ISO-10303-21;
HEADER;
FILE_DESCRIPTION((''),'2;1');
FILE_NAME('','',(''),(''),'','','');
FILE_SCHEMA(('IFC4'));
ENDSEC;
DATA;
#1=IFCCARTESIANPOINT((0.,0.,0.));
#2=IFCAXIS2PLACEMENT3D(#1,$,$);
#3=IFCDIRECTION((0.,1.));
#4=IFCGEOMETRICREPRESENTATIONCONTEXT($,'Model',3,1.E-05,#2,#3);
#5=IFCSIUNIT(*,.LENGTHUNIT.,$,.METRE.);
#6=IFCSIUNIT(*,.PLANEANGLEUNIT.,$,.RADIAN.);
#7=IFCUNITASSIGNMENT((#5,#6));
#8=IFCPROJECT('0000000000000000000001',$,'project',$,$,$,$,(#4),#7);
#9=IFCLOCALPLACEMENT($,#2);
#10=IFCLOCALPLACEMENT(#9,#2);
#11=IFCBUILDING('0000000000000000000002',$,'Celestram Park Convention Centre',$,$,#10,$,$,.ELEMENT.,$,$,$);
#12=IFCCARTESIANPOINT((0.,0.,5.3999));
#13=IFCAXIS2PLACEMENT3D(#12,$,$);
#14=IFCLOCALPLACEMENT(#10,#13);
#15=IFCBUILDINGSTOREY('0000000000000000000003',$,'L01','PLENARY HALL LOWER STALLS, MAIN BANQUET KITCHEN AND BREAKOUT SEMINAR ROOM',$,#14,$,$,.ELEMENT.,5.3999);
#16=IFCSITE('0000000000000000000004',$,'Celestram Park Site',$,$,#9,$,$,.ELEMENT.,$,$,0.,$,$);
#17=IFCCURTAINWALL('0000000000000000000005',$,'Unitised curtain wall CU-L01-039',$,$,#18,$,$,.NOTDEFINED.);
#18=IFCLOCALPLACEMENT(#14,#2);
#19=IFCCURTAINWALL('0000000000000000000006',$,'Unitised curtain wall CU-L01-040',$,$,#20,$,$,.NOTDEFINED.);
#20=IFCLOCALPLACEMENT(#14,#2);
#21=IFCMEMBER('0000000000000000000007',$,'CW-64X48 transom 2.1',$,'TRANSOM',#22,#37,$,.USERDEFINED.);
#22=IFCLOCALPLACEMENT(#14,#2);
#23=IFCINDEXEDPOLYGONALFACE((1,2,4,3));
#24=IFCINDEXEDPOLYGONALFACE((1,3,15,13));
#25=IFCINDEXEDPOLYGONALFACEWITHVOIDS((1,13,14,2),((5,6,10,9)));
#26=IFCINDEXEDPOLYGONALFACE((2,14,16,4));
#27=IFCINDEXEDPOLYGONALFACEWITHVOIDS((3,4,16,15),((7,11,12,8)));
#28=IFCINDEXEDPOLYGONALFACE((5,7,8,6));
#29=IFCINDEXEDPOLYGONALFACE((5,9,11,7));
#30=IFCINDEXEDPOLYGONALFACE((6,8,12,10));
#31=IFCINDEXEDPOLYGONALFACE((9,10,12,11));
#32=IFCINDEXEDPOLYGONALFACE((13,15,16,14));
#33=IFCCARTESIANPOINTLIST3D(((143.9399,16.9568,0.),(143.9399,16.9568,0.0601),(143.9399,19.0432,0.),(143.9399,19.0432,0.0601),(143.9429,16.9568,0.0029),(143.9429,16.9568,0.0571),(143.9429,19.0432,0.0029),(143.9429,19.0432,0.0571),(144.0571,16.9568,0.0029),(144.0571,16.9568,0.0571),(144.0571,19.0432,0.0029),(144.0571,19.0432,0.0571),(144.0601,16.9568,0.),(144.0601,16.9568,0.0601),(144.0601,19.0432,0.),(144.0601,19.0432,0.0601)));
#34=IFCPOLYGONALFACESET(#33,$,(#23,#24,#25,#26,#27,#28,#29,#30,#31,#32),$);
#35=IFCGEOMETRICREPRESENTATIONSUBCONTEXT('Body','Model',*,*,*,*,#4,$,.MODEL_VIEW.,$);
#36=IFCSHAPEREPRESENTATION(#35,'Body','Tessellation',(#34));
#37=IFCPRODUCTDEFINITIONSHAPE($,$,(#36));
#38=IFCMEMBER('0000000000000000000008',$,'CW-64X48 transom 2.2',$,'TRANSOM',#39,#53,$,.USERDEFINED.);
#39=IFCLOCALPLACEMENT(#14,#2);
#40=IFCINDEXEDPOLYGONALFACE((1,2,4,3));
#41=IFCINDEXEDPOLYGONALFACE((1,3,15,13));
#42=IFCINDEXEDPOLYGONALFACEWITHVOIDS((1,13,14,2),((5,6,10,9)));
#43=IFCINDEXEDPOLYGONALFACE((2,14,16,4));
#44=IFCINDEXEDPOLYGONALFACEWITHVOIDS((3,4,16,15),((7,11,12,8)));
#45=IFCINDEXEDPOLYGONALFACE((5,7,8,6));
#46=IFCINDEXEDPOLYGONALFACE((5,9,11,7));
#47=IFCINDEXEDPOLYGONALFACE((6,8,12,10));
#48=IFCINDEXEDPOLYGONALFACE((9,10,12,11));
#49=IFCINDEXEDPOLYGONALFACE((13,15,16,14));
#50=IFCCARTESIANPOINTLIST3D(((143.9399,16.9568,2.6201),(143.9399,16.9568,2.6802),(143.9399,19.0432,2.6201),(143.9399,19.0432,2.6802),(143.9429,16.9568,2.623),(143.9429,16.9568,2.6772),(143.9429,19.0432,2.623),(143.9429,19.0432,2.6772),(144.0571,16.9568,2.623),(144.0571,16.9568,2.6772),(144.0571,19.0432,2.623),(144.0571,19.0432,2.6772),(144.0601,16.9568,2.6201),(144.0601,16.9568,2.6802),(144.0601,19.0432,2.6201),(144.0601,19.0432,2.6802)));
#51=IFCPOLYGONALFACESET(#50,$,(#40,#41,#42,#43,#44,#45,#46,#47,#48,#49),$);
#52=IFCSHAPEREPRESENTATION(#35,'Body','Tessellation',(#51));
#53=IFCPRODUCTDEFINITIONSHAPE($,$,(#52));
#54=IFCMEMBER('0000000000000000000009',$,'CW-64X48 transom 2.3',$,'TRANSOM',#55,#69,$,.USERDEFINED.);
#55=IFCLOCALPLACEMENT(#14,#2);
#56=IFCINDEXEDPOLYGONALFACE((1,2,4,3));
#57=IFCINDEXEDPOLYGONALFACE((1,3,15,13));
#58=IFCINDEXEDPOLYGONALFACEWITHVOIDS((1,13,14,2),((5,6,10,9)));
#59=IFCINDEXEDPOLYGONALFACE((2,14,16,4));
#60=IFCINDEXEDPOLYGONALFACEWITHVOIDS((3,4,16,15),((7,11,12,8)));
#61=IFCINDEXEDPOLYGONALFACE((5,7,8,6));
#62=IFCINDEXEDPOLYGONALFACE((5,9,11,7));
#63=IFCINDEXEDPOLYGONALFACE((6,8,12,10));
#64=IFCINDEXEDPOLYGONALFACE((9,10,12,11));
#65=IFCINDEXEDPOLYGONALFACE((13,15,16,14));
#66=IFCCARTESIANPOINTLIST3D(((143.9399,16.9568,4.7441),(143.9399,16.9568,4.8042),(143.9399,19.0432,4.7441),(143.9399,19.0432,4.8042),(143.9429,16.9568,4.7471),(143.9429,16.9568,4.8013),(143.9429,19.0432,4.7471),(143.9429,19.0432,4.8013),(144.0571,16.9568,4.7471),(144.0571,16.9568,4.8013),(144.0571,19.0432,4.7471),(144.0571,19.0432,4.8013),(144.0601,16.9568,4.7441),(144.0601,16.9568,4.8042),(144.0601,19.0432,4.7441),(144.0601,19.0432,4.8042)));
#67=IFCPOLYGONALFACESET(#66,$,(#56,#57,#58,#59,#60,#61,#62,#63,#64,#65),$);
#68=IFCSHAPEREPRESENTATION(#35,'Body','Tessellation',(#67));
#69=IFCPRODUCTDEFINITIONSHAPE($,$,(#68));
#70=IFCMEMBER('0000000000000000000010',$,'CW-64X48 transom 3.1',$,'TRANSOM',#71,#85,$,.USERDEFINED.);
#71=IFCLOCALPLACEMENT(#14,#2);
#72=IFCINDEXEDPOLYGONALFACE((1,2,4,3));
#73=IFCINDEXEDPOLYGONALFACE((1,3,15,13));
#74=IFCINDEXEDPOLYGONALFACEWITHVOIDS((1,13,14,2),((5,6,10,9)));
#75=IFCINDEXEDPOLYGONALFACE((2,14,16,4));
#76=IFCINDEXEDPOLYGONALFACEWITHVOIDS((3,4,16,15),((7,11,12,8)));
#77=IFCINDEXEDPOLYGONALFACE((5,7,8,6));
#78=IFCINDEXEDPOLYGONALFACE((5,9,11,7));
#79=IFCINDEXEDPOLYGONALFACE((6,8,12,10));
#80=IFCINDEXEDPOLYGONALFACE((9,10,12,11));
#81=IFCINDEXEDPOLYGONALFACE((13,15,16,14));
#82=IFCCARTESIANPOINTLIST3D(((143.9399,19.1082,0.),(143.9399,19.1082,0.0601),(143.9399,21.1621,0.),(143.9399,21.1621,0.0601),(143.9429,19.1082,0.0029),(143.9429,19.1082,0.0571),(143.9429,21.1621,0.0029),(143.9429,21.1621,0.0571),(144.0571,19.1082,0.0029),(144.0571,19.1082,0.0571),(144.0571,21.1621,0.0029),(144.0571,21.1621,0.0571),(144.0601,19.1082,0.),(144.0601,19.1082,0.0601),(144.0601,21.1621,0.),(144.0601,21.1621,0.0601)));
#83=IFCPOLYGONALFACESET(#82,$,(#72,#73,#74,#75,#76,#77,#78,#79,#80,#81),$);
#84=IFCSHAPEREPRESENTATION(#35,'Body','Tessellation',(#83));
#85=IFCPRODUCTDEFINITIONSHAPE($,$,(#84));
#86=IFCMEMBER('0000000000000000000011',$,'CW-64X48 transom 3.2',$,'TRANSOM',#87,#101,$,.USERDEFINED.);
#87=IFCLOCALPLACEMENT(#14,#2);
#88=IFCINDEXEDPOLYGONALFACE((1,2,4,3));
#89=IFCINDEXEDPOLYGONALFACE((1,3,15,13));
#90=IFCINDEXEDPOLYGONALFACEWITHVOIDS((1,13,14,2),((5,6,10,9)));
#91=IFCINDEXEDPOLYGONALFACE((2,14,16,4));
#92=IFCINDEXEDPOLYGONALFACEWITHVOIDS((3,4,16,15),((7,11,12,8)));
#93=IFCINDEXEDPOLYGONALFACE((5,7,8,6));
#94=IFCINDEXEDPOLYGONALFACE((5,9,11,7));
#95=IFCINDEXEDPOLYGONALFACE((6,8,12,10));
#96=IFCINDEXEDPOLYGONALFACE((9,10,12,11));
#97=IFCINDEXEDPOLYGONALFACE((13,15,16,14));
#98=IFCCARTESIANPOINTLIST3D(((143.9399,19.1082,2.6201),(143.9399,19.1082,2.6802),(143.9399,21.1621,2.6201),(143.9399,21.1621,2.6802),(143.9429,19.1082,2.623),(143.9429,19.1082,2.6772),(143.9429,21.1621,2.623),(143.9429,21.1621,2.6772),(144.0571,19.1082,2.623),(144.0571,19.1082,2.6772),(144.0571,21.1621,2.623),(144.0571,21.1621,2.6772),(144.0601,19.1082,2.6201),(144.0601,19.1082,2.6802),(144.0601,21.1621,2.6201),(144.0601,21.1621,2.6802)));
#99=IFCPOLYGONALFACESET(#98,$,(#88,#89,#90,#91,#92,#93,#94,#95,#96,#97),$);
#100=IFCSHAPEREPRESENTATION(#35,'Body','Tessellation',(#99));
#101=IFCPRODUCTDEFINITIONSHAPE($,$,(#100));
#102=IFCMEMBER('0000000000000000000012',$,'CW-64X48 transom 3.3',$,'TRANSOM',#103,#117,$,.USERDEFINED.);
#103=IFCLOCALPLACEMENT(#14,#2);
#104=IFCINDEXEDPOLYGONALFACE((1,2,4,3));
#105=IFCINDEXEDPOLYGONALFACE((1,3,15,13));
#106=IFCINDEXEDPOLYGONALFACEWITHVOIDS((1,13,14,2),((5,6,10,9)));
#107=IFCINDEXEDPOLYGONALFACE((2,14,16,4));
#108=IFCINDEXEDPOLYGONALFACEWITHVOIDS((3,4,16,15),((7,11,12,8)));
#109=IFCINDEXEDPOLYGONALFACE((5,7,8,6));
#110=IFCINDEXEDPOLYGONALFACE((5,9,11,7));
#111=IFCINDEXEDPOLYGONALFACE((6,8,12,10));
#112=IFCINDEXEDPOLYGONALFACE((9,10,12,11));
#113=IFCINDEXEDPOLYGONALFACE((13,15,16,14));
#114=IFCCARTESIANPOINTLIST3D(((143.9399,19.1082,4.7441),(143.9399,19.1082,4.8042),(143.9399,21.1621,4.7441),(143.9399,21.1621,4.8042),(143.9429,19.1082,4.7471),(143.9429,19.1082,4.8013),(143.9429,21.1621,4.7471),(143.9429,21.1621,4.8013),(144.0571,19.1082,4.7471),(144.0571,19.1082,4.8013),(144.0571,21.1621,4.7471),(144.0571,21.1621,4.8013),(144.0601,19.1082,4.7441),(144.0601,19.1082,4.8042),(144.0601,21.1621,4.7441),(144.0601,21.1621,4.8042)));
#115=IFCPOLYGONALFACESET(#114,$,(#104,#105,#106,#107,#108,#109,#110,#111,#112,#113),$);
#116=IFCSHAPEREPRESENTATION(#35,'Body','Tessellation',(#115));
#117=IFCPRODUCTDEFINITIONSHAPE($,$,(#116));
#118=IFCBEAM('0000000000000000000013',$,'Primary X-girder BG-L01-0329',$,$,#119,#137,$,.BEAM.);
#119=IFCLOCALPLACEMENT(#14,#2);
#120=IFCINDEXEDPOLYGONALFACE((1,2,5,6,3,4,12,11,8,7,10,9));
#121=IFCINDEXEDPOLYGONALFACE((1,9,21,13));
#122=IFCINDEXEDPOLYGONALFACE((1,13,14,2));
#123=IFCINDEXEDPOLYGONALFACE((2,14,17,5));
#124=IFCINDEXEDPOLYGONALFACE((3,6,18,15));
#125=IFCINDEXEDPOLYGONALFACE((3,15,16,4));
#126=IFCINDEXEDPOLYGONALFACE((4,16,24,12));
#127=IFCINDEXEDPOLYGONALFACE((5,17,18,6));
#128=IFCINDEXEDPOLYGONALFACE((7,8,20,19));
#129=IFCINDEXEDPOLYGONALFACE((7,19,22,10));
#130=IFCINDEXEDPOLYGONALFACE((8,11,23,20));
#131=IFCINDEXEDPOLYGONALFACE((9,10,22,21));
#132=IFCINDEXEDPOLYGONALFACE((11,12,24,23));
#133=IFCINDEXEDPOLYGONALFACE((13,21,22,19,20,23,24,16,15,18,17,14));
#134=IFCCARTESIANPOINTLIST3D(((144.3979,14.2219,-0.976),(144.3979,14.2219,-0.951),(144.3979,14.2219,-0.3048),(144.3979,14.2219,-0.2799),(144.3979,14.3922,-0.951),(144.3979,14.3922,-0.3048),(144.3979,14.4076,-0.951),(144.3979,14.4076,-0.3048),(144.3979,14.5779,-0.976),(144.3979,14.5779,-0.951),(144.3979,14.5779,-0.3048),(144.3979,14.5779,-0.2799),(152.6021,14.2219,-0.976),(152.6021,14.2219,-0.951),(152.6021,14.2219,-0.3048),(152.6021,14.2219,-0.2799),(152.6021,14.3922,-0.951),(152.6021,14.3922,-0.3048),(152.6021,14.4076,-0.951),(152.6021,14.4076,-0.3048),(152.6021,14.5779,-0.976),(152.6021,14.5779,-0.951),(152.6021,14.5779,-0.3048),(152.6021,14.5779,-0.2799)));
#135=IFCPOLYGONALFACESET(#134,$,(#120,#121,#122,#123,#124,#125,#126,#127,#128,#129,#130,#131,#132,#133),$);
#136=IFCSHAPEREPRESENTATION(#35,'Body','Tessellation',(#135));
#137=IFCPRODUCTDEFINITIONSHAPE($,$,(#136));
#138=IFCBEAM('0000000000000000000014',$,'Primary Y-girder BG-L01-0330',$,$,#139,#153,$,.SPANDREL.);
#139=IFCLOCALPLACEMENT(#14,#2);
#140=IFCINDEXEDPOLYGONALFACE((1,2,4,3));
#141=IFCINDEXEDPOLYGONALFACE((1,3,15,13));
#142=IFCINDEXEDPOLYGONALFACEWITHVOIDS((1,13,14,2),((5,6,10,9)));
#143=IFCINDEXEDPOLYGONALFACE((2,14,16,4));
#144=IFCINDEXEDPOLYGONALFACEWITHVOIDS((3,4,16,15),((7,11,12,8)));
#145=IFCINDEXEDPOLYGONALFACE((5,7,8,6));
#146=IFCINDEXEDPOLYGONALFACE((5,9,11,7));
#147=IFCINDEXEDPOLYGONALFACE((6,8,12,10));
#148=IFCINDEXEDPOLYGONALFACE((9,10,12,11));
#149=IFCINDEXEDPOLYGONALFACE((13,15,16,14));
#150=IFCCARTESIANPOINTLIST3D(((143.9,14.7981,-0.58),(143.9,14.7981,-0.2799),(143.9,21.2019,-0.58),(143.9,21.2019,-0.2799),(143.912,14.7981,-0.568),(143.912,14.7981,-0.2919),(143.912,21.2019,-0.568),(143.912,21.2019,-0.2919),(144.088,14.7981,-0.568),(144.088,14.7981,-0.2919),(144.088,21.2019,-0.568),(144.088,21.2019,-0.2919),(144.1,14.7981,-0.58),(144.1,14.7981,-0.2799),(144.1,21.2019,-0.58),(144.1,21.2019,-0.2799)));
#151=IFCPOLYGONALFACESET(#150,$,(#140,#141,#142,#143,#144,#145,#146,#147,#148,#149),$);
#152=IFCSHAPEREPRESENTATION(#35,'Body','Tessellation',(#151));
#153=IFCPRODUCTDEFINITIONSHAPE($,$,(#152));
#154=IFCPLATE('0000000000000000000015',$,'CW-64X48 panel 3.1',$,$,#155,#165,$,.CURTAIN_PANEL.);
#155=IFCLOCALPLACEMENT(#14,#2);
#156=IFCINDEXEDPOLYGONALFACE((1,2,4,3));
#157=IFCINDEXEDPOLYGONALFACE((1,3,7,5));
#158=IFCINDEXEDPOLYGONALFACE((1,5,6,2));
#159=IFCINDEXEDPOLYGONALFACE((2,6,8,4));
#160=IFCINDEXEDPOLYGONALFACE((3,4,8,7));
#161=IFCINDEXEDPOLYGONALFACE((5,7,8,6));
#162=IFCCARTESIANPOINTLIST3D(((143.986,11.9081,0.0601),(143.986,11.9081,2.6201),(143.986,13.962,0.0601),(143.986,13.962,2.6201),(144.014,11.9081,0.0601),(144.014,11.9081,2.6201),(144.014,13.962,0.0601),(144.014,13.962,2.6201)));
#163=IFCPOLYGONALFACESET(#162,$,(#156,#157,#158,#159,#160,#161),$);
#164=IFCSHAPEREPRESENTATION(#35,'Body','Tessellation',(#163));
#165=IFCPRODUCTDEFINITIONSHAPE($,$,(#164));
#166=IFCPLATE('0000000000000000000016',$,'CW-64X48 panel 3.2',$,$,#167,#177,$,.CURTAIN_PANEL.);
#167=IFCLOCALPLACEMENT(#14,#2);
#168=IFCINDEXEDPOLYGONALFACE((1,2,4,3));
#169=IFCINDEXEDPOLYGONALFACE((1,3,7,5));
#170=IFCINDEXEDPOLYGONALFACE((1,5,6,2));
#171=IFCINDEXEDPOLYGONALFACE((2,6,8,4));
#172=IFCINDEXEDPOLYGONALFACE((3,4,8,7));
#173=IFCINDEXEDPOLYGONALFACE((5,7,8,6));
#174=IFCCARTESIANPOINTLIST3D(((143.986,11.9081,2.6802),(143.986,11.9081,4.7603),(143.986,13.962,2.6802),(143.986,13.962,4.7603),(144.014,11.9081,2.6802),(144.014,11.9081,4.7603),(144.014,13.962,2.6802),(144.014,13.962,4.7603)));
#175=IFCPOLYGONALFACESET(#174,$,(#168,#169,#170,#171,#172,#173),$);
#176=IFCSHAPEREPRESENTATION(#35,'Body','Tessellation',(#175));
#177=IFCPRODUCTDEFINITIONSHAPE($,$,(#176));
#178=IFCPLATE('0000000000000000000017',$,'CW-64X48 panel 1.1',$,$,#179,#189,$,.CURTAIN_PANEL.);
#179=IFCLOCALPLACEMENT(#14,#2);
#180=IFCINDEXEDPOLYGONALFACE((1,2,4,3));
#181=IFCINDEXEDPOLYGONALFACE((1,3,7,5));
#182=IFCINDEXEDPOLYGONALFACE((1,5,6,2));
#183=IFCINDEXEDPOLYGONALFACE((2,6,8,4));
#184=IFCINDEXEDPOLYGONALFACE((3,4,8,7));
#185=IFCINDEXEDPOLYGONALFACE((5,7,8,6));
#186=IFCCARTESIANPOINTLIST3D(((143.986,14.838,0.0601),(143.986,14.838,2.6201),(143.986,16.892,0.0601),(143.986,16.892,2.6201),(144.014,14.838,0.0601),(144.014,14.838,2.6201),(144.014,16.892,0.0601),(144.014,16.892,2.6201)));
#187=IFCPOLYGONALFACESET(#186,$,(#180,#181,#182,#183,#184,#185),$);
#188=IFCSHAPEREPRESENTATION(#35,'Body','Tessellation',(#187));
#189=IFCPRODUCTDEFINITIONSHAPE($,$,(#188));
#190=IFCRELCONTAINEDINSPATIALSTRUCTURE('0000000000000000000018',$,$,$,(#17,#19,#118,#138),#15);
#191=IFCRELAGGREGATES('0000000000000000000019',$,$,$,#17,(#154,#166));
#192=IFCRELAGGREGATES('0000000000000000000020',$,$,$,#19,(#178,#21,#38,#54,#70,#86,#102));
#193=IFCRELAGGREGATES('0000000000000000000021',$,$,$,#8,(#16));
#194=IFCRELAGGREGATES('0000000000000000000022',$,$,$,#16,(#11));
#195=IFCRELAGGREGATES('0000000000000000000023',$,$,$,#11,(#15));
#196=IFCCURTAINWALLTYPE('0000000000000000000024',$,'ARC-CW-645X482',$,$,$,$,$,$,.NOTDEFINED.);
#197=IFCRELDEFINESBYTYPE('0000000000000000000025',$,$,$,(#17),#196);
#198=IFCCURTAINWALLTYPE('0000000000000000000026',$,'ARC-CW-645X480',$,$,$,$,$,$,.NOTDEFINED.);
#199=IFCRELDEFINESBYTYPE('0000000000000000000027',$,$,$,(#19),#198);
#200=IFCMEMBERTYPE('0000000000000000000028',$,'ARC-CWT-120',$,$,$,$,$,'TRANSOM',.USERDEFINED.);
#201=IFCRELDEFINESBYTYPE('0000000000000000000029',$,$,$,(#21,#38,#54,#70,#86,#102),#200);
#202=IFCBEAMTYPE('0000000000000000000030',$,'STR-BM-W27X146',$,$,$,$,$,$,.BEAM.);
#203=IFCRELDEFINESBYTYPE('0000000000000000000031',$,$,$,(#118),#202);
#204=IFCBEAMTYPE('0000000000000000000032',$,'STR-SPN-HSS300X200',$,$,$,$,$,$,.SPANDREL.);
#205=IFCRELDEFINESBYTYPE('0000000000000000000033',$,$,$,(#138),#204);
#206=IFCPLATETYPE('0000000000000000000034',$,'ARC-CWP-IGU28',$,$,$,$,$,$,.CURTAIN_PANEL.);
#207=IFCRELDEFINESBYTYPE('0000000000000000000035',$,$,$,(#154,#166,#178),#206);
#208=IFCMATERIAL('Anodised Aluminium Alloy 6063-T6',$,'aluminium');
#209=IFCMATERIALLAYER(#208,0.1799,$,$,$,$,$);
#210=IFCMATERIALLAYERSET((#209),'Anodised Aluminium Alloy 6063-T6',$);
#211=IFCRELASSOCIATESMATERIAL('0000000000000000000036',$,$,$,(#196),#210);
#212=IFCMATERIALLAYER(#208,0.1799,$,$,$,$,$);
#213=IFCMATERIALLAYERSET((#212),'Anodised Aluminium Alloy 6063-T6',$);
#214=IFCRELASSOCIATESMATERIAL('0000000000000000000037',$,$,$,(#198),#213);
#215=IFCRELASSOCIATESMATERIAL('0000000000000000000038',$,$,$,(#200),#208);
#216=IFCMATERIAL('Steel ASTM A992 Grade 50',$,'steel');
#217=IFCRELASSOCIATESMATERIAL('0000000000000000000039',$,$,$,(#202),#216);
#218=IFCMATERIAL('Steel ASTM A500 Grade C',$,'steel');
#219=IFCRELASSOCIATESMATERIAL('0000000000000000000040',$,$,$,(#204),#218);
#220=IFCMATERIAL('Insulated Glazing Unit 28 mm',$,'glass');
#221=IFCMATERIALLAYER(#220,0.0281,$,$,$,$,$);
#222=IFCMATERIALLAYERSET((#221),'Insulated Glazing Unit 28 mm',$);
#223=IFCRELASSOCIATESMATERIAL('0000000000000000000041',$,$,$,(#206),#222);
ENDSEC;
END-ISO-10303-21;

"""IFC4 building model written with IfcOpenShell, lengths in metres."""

from ifc_helpers import new_model, si_unit, direction, frame, origin, origin_2d, place, context, subcontext, project, spatial, rectangle, hollow_rectangle, i_section, extrude, material, layer, layer_set, material_profile, profile_set, type_object, element, aggregate, save


model = new_model("IFC4")

# Units and contexts
model_context = context("Model", 3, precision=1e-05, world=origin(), true_north=direction((0.0, 1.0)))
body_context = subcontext(model_context, "Body", "Model", "MODEL_VIEW")
ifc_project = project(units=[si_unit("LENGTHUNIT", "METRE"), si_unit("PLANEANGLEUNIT", "RADIAN")], contexts=[model_context])

# Site, building, storey
site_placement = place(None, origin())
site = spatial("IfcSite", under=ifc_project, at=site_placement, Name="Celestram Park Site", CompositionType="ELEMENT", RefElevation=0.0)
building_placement = place(site_placement, origin())
building = spatial("IfcBuilding", under=site, at=building_placement, Name="Celestram Park Convention Centre", CompositionType="ELEMENT")
storey_placement = place(building_placement, frame((0.0, 0.0, 5.3999)))
storey = spatial("IfcBuildingStorey", under=building, at=storey_placement, Name="L01", Description="PLENARY HALL LOWER STALLS, MAIN BANQUET KITCHEN AND BREAKOUT SEMINAR ROOM", CompositionType="ELEMENT", Elevation=5.3999)

# Curtain wall
ifc_material_1 = material(Name="Anodised Aluminium Alloy 6063-T6", Category="aluminium")
ifc_layer_1 = layer(ifc_material_1, 0.1799)
ifc_layer_set_1 = layer_set([ifc_layer_1], Name="Anodised Aluminium Alloy 6063-T6")
curtain_wall_type_1 = type_object("IfcCurtainWallType", Name="ARC-CW-645X482", PredefinedType="NOTDEFINED", material=ifc_layer_set_1)
curtain_wall_1_placement = place(storey_placement, origin())
curtain_wall_1 = element("IfcCurtainWall", 1, at=curtain_wall_1_placement, inside=storey, type_object=curtain_wall_type_1, Name="Unitised curtain wall CU-L01-039", PredefinedType="NOTDEFINED")

# Curtain wall
ifc_layer_2 = layer(ifc_material_1, 0.1799)
ifc_layer_set_2 = layer_set([ifc_layer_2], Name="Anodised Aluminium Alloy 6063-T6")
curtain_wall_type_2 = type_object("IfcCurtainWallType", Name="ARC-CW-645X480", PredefinedType="NOTDEFINED", material=ifc_layer_set_2)
curtain_wall_2_placement = place(storey_placement, origin())
curtain_wall_2 = element("IfcCurtainWall", 2, at=curtain_wall_2_placement, inside=storey, type_object=curtain_wall_type_2, Name="Unitised curtain wall CU-L01-040", PredefinedType="NOTDEFINED")

# Members
ifc_material_profile_1 = material_profile(ifc_material_1, hollow_rectangle(XDim=0.1201, YDim=0.0601, WallThickness=0.0029, at=origin_2d()), Name="ALU120X60X3")
ifc_profile_set_1 = profile_set([ifc_material_profile_1], Name="Anodised Aluminium Alloy 6063-T6")
member_type_1 = type_object("IfcMemberType", Name="ARC-CWT-120", ElementType="TRANSOM", PredefinedType="USERDEFINED", material=ifc_profile_set_1)
member_1_placement = place(storey_placement, frame((144.0, 16.9568, 0.03), z_axis=(0.0, 1.0, 0.0), x_axis=(-1.0, 0.0, 0.0)))
member_1 = element("IfcMember", 3, at=member_1_placement, type_object=member_type_1, Name="CW-64X48 transom 2.1", ObjectType="TRANSOM", PredefinedType="USERDEFINED", context=body_context, shape_type="SweptSolid", body=[
    extrude(hollow_rectangle(XDim=0.1201, YDim=0.0601, WallThickness=0.0029, at=origin_2d()), origin(), (0.0, 0.0, 1.0), 2.0864),
])
member_2_placement = place(storey_placement, frame((144.0, 16.9568, 2.6501), z_axis=(0.0, 1.0, 0.0), x_axis=(-1.0, 0.0, 0.0)))
member_2 = element("IfcMember", 4, at=member_2_placement, type_object=member_type_1, Name="CW-64X48 transom 2.2", ObjectType="TRANSOM", PredefinedType="USERDEFINED", context=body_context, shape_type="SweptSolid", body=[
    extrude(hollow_rectangle(XDim=0.1201, YDim=0.0601, WallThickness=0.0029, at=origin_2d()), origin(), (0.0, 0.0, 1.0), 2.0864),
])
member_3_placement = place(storey_placement, frame((144.0, 16.9568, 4.7742), z_axis=(0.0, 1.0, 0.0), x_axis=(-1.0, 0.0, 0.0)))
member_3 = element("IfcMember", 5, at=member_3_placement, type_object=member_type_1, Name="CW-64X48 transom 2.3", ObjectType="TRANSOM", PredefinedType="USERDEFINED", context=body_context, shape_type="SweptSolid", body=[
    extrude(hollow_rectangle(XDim=0.1201, YDim=0.0601, WallThickness=0.0029, at=origin_2d()), origin(), (0.0, 0.0, 1.0), 2.0864),
])
member_4_placement = place(storey_placement, frame((144.0, 19.1082, 0.03), z_axis=(0.0, 1.0, 0.0), x_axis=(-1.0, 0.0, 0.0)))
member_4 = element("IfcMember", 6, at=member_4_placement, type_object=member_type_1, Name="CW-64X48 transom 3.1", ObjectType="TRANSOM", PredefinedType="USERDEFINED", context=body_context, shape_type="SweptSolid", body=[
    extrude(hollow_rectangle(XDim=0.1201, YDim=0.0601, WallThickness=0.0029, at=origin_2d()), origin(), (0.0, 0.0, 1.0), 2.054),
])
member_5_placement = place(storey_placement, frame((144.0, 19.1082, 2.6501), z_axis=(0.0, 1.0, 0.0), x_axis=(-1.0, 0.0, 0.0)))
member_5 = element("IfcMember", 7, at=member_5_placement, type_object=member_type_1, Name="CW-64X48 transom 3.2", ObjectType="TRANSOM", PredefinedType="USERDEFINED", context=body_context, shape_type="SweptSolid", body=[
    extrude(hollow_rectangle(XDim=0.1201, YDim=0.0601, WallThickness=0.0029, at=origin_2d()), origin(), (0.0, 0.0, 1.0), 2.054),
])
member_6_placement = place(storey_placement, frame((144.0, 19.1082, 4.7742), z_axis=(0.0, 1.0, 0.0), x_axis=(-1.0, 0.0, 0.0)))
member_6 = element("IfcMember", 8, at=member_6_placement, type_object=member_type_1, Name="CW-64X48 transom 3.3", ObjectType="TRANSOM", PredefinedType="USERDEFINED", context=body_context, shape_type="SweptSolid", body=[
    extrude(hollow_rectangle(XDim=0.1201, YDim=0.0601, WallThickness=0.0029, at=origin_2d()), origin(), (0.0, 0.0, 1.0), 2.054),
])

# Beams
ifc_material_2 = material(Name="Steel ASTM A992 Grade 50", Category="steel")
ifc_material_profile_2 = material_profile(ifc_material_2, i_section(OverallWidth=0.356, OverallDepth=0.696, WebThickness=0.0154, FlangeThickness=0.0249, at=origin_2d()), Name="W27X146")
ifc_profile_set_2 = profile_set([ifc_material_profile_2], Name="Steel ASTM A992 Grade 50")
beam_type_1 = type_object("IfcBeamType", Name="STR-BM-W27X146", PredefinedType="BEAM", material=ifc_profile_set_2)
beam_1_placement = place(storey_placement, frame((144.3979, 14.3999, -0.6279), z_axis=(1.0, 0.0, 0.0), x_axis=(0.0, 1.0, 0.0)))
element("IfcBeam", 9, at=beam_1_placement, inside=storey, type_object=beam_type_1, Name="Primary X-girder BG-L01-0329", PredefinedType="BEAM", context=body_context, shape_type="SweptSolid", body=[
    extrude(i_section(OverallWidth=0.356, OverallDepth=0.696, WebThickness=0.0154, FlangeThickness=0.0249, at=origin_2d()), origin(), (0.0, 0.0, 1.0), 8.2041),
])
ifc_material_3 = material(Name="Steel ASTM A500 Grade C", Category="steel")
ifc_material_profile_3 = material_profile(ifc_material_3, hollow_rectangle(XDim=0.2, YDim=0.3, WallThickness=0.012, at=origin_2d()), Name="HSS300X200X12")
ifc_profile_set_3 = profile_set([ifc_material_profile_3], Name="Steel ASTM A500 Grade C")
beam_type_2 = type_object("IfcBeamType", Name="STR-SPN-HSS300X200", PredefinedType="SPANDREL", material=ifc_profile_set_3)
beam_2_placement = place(storey_placement, frame((144.0, 14.7981, -0.4299), z_axis=(0.0, 1.0, 0.0), x_axis=(-1.0, 0.0, 0.0)))
element("IfcBeam", 10, at=beam_2_placement, inside=storey, type_object=beam_type_2, Name="Primary Y-girder BG-L01-0330", PredefinedType="SPANDREL", context=body_context, shape_type="SweptSolid", body=[
    extrude(hollow_rectangle(XDim=0.2, YDim=0.3, WallThickness=0.012, at=origin_2d()), origin(), (0.0, 0.0, 1.0), 6.4038),
])

# Plates
ifc_material_4 = material(Name="Insulated Glazing Unit 28 mm", Category="glass")
ifc_layer_3 = layer(ifc_material_4, 0.0281)
ifc_layer_set_3 = layer_set([ifc_layer_3], Name="Insulated Glazing Unit 28 mm")
plate_type = type_object("IfcPlateType", Name="ARC-CWP-IGU28", PredefinedType="CURTAIN_PANEL", material=ifc_layer_set_3)
plate_1_placement = place(storey_placement, frame((144.0, 12.9351, 0.0601), z_axis=(0.0, 0.0, 1.0), x_axis=(0.0, 1.0, 0.0)))
plate_1 = element("IfcPlate", 11, at=plate_1_placement, type_object=plate_type, Name="CW-64X48 panel 3.1", PredefinedType="CURTAIN_PANEL", context=body_context, shape_type="SweptSolid", body=[
    extrude(rectangle(XDim=2.054, YDim=0.0281, at=origin_2d()), origin(), (0.0, 0.0, 1.0), 2.5601),
])
plate_2_placement = place(storey_placement, frame((144.0, 12.9351, 2.6802), z_axis=(0.0, 0.0, 1.0), x_axis=(0.0, 1.0, 0.0)))
plate_2 = element("IfcPlate", 12, at=plate_2_placement, type_object=plate_type, Name="CW-64X48 panel 3.2", PredefinedType="CURTAIN_PANEL", context=body_context, shape_type="SweptSolid", body=[
    extrude(rectangle(XDim=2.054, YDim=0.0281, at=origin_2d()), origin(), (0.0, 0.0, 1.0), 2.0801),
])
aggregate(curtain_wall_1, [plate_1, plate_2])
plate_3_placement = place(storey_placement, frame((144.0, 15.865, 0.0601), z_axis=(0.0, 0.0, 1.0), x_axis=(0.0, 1.0, 0.0)))
plate_3 = element("IfcPlate", 13, at=plate_3_placement, type_object=plate_type, Name="CW-64X48 panel 1.1", PredefinedType="CURTAIN_PANEL", context=body_context, shape_type="SweptSolid", body=[
    extrude(rectangle(XDim=2.054, YDim=0.0281, at=origin_2d()), origin(), (0.0, 0.0, 1.0), 2.5601),
])
aggregate(curtain_wall_2, [plate_3, member_1, member_2, member_3, member_4, member_5, member_6])

save(model, "model.ifc")
